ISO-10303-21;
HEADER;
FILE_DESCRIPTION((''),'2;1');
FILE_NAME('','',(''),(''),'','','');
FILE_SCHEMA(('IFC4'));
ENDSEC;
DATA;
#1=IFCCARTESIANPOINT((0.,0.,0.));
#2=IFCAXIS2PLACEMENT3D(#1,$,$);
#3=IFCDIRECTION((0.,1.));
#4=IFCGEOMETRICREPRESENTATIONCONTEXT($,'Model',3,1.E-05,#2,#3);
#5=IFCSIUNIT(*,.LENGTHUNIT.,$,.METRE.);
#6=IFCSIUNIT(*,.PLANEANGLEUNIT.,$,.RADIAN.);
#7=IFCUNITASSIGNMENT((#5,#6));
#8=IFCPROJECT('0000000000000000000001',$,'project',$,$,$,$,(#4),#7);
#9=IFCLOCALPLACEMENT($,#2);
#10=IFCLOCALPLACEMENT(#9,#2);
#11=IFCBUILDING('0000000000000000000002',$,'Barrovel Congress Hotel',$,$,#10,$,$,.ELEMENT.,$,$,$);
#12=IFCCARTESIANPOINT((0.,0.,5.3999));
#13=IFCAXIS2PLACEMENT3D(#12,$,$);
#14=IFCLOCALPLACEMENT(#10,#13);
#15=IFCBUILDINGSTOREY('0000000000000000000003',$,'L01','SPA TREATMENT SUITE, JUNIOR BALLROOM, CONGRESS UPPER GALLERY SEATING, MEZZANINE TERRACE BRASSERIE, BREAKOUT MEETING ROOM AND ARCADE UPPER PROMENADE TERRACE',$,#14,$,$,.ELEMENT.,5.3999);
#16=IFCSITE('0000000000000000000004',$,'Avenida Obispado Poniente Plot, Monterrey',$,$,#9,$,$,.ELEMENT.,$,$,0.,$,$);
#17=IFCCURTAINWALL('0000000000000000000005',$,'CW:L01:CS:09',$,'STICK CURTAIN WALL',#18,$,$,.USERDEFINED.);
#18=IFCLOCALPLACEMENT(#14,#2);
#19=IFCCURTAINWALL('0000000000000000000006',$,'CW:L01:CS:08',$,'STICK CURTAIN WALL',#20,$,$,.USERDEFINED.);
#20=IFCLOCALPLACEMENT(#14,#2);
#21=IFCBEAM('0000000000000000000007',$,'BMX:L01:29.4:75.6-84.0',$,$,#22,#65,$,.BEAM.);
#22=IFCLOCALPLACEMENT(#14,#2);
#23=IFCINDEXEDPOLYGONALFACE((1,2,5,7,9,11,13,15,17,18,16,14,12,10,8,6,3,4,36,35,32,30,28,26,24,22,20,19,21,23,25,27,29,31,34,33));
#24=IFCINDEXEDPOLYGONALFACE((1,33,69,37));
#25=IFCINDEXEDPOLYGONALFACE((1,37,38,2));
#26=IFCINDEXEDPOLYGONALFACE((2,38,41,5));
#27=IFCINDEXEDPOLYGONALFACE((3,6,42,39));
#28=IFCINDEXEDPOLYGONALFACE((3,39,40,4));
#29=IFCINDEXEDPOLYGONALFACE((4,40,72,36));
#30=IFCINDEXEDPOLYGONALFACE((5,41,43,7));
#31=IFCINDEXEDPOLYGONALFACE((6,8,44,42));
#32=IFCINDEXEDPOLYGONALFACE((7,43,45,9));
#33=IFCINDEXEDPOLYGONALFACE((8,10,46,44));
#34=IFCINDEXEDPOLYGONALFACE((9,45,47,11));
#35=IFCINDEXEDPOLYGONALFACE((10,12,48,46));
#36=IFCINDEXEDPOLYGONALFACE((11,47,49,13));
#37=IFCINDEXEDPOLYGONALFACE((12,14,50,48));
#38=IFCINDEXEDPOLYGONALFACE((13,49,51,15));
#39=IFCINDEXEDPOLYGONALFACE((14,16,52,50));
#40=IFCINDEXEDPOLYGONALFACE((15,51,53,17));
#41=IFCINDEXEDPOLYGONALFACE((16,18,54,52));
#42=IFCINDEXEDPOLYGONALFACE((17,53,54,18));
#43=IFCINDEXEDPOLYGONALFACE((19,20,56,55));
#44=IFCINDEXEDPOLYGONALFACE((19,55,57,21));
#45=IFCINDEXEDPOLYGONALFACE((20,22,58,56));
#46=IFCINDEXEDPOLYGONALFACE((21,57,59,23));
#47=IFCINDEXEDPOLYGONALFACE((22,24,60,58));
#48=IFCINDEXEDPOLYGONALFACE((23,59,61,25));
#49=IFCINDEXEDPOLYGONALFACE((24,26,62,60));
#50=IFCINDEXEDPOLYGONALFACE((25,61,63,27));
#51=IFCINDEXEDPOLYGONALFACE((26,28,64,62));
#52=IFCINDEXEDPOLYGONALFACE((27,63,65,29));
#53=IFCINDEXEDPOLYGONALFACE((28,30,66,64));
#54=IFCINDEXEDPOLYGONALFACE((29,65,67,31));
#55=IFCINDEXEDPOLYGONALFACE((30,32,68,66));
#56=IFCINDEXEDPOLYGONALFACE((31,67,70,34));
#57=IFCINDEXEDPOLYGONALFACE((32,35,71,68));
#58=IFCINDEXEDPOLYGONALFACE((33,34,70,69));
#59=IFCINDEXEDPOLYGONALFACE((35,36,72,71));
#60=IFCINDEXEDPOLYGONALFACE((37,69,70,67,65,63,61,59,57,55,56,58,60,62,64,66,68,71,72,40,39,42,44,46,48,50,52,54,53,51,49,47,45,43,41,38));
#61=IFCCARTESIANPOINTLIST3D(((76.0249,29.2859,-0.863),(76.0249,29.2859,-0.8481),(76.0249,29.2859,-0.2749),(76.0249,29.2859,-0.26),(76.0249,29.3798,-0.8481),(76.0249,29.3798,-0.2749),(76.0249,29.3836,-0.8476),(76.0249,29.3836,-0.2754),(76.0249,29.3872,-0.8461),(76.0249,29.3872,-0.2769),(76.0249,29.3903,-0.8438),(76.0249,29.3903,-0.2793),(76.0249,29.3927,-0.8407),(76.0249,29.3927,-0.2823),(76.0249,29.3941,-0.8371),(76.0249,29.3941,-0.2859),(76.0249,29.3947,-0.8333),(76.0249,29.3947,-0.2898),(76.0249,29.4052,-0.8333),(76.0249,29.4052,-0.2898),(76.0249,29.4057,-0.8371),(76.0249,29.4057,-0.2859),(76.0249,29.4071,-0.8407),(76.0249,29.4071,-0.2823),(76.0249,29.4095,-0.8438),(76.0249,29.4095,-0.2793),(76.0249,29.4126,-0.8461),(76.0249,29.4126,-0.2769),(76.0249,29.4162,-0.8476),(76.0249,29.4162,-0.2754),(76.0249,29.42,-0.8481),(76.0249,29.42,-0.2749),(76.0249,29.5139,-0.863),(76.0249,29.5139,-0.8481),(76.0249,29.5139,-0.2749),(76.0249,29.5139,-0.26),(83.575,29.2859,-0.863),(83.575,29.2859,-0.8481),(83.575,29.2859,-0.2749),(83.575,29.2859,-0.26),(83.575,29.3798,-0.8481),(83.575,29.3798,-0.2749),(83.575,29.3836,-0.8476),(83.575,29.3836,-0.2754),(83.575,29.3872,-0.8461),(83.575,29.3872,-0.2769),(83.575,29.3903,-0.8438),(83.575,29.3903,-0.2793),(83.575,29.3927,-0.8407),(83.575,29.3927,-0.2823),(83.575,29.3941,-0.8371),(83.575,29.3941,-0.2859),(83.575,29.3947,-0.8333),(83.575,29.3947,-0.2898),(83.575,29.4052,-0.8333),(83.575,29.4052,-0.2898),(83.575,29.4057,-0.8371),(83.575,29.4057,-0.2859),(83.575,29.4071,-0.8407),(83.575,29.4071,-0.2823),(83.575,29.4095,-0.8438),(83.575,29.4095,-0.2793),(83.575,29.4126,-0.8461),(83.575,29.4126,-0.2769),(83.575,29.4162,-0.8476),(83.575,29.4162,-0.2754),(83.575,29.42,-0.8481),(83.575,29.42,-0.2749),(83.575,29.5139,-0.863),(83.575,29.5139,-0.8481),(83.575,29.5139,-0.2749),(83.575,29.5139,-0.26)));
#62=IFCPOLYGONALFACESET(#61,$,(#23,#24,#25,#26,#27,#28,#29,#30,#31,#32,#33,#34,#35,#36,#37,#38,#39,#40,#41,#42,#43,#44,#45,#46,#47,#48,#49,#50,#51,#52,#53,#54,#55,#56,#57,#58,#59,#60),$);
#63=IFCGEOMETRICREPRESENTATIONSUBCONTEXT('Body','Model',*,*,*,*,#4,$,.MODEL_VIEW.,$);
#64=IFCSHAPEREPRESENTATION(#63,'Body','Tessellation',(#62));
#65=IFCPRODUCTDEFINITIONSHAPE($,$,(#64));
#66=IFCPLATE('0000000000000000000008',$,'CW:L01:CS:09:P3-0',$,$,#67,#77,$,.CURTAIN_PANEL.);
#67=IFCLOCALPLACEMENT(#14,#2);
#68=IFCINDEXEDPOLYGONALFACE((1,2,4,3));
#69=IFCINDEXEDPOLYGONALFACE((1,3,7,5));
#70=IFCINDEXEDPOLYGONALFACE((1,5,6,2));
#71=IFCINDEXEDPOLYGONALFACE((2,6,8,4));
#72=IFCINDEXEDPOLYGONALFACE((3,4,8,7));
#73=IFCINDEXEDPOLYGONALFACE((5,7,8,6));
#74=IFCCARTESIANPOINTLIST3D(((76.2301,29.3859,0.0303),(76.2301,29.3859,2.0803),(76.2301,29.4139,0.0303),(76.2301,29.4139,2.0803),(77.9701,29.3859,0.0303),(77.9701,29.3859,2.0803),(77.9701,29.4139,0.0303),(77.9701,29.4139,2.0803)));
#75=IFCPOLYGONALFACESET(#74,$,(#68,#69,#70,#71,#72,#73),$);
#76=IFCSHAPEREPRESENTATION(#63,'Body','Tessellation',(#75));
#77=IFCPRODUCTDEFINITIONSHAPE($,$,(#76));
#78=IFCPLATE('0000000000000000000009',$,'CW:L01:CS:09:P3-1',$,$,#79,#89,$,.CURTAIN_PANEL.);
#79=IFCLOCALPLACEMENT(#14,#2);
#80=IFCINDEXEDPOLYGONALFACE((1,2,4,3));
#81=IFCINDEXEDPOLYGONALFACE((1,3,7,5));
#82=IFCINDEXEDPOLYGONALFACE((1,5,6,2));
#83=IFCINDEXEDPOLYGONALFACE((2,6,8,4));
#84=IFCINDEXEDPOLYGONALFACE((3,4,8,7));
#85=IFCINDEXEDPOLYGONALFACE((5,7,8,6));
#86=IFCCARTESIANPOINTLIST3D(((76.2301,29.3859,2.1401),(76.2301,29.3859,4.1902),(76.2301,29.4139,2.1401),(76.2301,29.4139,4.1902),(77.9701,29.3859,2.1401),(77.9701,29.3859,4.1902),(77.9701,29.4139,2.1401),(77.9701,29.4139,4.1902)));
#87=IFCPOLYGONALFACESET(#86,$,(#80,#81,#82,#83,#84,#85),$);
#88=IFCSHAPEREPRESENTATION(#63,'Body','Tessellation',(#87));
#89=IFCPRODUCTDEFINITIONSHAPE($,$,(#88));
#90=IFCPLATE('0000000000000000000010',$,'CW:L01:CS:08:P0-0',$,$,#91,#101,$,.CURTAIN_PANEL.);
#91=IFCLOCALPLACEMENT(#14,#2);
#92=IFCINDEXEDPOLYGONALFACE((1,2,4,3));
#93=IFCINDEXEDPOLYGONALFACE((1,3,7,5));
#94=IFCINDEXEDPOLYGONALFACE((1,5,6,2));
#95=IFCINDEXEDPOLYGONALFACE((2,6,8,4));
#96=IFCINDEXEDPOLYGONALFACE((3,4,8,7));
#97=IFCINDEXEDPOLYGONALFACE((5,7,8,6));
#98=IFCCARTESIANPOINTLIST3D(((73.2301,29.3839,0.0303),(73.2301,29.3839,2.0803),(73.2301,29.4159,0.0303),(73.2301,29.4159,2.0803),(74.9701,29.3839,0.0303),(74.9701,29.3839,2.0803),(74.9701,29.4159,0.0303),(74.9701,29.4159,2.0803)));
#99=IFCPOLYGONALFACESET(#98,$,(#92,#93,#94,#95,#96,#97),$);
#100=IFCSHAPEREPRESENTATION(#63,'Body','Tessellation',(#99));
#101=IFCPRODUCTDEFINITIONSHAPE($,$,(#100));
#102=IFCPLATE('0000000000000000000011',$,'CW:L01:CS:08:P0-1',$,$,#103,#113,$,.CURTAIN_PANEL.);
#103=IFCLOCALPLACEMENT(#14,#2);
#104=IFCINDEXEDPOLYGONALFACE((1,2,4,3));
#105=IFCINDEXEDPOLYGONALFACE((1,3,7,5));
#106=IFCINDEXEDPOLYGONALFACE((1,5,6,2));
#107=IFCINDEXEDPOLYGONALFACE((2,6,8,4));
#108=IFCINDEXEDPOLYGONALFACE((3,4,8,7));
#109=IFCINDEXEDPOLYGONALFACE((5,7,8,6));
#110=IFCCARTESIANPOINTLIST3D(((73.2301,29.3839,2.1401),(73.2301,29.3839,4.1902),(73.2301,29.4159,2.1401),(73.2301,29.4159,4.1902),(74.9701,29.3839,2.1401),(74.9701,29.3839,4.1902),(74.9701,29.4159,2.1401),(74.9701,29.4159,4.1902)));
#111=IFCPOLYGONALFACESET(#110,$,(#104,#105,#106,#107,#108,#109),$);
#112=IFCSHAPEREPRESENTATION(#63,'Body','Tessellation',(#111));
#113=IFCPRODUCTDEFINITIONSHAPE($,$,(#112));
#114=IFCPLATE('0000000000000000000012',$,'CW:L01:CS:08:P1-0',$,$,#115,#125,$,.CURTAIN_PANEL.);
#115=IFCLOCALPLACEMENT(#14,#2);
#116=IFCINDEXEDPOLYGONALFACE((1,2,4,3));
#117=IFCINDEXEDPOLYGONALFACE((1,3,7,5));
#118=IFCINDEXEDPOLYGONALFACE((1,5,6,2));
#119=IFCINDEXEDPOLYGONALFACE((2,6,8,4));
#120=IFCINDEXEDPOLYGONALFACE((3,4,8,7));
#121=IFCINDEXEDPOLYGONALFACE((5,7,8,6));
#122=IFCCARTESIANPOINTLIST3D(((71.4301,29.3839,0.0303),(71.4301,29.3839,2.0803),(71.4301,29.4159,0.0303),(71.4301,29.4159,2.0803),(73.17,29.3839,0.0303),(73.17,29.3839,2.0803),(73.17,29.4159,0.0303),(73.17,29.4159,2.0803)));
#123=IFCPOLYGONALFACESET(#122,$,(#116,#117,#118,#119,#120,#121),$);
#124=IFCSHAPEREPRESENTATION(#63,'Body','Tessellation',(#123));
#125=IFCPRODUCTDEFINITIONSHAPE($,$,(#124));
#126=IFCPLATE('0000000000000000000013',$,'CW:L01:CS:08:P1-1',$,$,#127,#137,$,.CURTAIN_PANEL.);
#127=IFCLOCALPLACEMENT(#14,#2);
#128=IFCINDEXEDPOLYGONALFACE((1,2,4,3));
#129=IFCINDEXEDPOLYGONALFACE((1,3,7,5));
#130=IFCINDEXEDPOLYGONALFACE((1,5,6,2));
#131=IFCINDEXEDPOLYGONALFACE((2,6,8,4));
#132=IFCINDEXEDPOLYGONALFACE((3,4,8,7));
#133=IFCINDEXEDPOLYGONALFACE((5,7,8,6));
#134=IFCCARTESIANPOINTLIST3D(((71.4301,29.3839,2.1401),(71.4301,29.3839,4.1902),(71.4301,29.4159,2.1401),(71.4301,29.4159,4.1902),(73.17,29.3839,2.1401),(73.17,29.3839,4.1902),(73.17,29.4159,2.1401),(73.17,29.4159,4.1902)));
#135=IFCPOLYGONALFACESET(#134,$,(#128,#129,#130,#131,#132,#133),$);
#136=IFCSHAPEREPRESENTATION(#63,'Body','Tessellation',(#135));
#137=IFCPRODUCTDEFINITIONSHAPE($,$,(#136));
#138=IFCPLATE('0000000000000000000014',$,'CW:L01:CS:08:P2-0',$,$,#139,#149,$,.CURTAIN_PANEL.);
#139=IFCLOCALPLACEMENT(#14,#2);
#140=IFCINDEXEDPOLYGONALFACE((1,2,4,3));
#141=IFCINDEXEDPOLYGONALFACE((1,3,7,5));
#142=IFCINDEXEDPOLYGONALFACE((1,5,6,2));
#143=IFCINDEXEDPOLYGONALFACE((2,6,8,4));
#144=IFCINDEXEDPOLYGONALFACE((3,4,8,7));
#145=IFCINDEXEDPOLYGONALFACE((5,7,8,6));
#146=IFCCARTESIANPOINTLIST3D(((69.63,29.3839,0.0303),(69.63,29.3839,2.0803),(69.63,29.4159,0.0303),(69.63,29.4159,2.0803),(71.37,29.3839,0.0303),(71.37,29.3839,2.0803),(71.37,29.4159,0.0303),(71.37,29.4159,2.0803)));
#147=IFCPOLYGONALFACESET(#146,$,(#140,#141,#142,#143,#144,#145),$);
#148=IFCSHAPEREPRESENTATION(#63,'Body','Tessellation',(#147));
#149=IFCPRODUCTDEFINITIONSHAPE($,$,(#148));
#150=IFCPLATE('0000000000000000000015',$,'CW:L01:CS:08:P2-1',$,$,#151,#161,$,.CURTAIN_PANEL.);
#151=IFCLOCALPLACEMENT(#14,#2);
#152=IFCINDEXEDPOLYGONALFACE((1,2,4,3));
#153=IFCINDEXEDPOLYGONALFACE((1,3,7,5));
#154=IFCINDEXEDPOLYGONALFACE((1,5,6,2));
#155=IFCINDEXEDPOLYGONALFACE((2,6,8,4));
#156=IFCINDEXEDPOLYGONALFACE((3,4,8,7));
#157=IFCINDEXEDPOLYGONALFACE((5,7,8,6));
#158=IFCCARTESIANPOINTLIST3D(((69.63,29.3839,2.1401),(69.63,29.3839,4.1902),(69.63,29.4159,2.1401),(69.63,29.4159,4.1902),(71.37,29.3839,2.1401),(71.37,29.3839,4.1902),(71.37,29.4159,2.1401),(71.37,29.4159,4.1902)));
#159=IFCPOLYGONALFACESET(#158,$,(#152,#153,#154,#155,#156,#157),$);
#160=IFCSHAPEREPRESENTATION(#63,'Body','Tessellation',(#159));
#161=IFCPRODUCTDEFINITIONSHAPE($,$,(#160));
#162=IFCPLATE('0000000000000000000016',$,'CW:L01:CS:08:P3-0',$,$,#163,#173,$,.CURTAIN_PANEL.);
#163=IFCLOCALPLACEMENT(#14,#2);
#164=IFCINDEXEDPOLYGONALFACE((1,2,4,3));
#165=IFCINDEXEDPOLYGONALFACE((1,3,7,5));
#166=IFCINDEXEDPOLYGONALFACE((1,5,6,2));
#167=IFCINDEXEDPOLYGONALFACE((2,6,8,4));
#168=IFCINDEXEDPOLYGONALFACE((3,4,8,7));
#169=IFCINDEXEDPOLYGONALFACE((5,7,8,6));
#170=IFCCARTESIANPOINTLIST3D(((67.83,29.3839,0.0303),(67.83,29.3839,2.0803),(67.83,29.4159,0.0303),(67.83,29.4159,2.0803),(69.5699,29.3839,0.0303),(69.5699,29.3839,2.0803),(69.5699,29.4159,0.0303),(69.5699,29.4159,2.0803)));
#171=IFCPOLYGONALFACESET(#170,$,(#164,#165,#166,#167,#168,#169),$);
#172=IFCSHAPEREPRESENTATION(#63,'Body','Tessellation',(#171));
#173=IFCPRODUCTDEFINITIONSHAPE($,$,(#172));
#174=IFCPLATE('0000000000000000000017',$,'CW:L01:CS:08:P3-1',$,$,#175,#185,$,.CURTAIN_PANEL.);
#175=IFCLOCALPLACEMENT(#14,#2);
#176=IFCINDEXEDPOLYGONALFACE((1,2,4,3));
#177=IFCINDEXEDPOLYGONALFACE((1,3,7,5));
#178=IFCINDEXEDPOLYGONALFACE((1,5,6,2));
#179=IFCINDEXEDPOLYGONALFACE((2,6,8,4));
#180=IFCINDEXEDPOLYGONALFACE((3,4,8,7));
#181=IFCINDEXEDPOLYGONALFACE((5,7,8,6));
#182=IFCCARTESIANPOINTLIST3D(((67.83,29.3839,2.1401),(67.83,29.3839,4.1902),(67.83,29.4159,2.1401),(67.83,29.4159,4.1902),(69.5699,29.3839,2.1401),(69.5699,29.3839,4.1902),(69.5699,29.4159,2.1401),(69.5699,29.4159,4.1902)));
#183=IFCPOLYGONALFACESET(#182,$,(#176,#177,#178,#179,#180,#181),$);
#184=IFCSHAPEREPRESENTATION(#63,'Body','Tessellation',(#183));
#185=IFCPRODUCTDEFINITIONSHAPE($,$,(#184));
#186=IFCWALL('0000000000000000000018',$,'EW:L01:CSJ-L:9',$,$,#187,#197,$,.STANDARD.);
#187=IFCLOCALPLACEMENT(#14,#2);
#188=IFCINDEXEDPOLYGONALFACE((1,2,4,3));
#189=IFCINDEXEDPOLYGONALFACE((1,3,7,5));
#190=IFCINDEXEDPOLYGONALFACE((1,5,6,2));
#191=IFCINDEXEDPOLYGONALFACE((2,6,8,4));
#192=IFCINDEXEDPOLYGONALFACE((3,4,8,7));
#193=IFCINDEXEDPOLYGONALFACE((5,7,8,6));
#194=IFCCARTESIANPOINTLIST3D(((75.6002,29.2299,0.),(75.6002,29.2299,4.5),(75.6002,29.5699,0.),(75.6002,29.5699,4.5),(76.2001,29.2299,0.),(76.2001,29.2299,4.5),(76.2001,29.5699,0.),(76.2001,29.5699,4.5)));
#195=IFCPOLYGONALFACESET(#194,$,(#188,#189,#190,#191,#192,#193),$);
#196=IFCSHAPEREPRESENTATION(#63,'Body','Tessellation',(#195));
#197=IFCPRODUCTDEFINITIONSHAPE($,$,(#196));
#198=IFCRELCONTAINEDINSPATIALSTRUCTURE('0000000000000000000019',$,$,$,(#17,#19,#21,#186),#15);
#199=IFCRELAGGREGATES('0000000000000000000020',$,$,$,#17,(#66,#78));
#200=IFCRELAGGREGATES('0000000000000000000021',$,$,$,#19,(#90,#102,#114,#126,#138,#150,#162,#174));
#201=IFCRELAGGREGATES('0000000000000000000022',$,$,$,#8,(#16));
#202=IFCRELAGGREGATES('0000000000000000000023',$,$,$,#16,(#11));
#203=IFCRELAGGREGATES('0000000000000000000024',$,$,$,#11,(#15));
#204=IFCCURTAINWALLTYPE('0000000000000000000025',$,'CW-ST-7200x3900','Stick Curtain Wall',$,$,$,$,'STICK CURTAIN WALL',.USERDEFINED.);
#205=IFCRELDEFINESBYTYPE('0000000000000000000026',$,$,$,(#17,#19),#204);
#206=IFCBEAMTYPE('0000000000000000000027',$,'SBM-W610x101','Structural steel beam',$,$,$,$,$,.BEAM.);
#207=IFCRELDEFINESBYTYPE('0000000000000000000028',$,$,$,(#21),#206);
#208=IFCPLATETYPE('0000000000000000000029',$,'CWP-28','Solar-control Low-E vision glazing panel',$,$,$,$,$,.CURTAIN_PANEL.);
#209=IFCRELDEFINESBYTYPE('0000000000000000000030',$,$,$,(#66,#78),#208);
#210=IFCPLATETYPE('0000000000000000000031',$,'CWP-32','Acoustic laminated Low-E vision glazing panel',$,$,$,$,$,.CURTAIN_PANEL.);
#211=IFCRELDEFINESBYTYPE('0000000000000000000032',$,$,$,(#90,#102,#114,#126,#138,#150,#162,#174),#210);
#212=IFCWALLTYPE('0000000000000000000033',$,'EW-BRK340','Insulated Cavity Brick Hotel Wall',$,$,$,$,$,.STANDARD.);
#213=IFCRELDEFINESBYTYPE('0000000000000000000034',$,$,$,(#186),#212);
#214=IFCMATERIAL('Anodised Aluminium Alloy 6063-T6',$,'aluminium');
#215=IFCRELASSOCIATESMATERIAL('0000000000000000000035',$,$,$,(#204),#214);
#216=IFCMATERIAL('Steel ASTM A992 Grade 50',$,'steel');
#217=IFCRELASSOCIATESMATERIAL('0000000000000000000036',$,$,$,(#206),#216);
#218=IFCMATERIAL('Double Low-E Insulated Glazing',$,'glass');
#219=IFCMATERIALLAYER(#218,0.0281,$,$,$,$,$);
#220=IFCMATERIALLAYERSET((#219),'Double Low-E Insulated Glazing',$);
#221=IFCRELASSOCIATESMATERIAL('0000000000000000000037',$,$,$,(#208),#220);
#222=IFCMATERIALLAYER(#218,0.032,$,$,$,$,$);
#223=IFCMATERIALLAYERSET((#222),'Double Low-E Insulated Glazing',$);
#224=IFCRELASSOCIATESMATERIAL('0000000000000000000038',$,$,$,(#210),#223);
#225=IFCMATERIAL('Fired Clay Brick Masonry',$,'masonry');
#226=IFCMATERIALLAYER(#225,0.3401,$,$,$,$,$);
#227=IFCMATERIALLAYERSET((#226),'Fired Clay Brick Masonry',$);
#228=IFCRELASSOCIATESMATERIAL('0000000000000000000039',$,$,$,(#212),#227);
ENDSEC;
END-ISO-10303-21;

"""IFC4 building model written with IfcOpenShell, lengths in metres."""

from ifc_helpers import new_model, si_unit, direction, frame, frame_2d, origin, origin_2d, place, context, subcontext, project, spatial, rectangle, i_section, extrude, material, layer, layer_set, material_profile, profile_set, type_object, element, aggregate, save


model = new_model("IFC4")

# Units and contexts
model_context = context("Model", 3, precision=1e-05, world=origin(), true_north=direction((0.0, 1.0)))
body_context = subcontext(model_context, "Body", "Model", "MODEL_VIEW")
ifc_project = project(units=[si_unit("LENGTHUNIT", "METRE"), si_unit("PLANEANGLEUNIT", "RADIAN")], contexts=[model_context])

# Site, building, storey
site_placement = place(None, origin())
site = spatial("IfcSite", under=ifc_project, at=site_placement, Name="Avenida Obispado Poniente Plot, Monterrey", CompositionType="ELEMENT", RefElevation=0.0)
building_placement = place(site_placement, origin())
building = spatial("IfcBuilding", under=site, at=building_placement, Name="Barrovel Congress Hotel", CompositionType="ELEMENT")
storey_placement = place(building_placement, frame((0.0, 0.0, 5.3999)))
storey = spatial("IfcBuildingStorey", under=building, at=storey_placement, Name="L01", Description="SPA TREATMENT SUITE, JUNIOR BALLROOM, CONGRESS UPPER GALLERY SEATING, MEZZANINE TERRACE BRASSERIE, BREAKOUT MEETING ROOM AND ARCADE UPPER PROMENADE TERRACE", CompositionType="ELEMENT", Elevation=5.3999)

# Curtain wall
ifc_material_1 = material(Name="Anodised Aluminium Alloy 6063-T6", Category="aluminium")
curtain_wall_type = type_object("IfcCurtainWallType", Name="CW-ST-7200x3900", Description="Stick Curtain Wall", ElementType="STICK CURTAIN WALL", PredefinedType="USERDEFINED", material=ifc_material_1)
curtain_wall_1_placement = place(storey_placement, origin())
curtain_wall_1 = element("IfcCurtainWall", 1, at=curtain_wall_1_placement, inside=storey, type_object=curtain_wall_type, Name="CW:L01:CS:09", ObjectType="STICK CURTAIN WALL", PredefinedType="USERDEFINED")

# Curtain wall
curtain_wall_2_placement = place(storey_placement, origin())
curtain_wall_2 = element("IfcCurtainWall", 2, at=curtain_wall_2_placement, inside=storey, type_object=curtain_wall_type, Name="CW:L01:CS:08", ObjectType="STICK CURTAIN WALL", PredefinedType="USERDEFINED")

# Beam
ifc_material_2 = material(Name="Steel ASTM A992 Grade 50", Category="steel")
ifc_material_profile_1 = material_profile(ifc_material_2, i_section(OverallWidth=0.228, OverallDepth=0.603, WebThickness=0.0105, FlangeThickness=0.0149, FilletRadius=0.0149, at=origin_2d()), Name="W610x101")
ifc_profile_set_1 = profile_set([ifc_material_profile_1], Name="Steel ASTM A992 Grade 50")
beam_type_1 = type_object("IfcBeamType", Name="SBM-W610x101", Description="Structural steel beam", PredefinedType="BEAM", material=ifc_profile_set_1)
beam_1_placement = place(storey_placement, frame((76.0249, 29.3999, -0.5615), z_axis=(1.0, 0.0, 0.0), x_axis=(0.0, 1.0, 0.0)))
element("IfcBeam", 3, at=beam_1_placement, inside=storey, type_object=beam_type_1, Name="BMX:L01:29.4:75.6-84.0", PredefinedType="BEAM", context=body_context, shape_type="SweptSolid", body=[
    extrude(i_section(OverallWidth=0.228, OverallDepth=0.603, WebThickness=0.0105, FlangeThickness=0.0149, FilletRadius=0.0149, at=origin_2d()), origin(), (0.0, 0.0, 1.0), 7.55),
])

# Plates
ifc_material_3 = material(Name="Double Low-E Insulated Glazing", Category="glass")
ifc_layer_1 = layer(ifc_material_3, 0.0281)
ifc_layer_set_1 = layer_set([ifc_layer_1], Name="Double Low-E Insulated Glazing")
plate_type_1 = type_object("IfcPlateType", Name="CWP-28", Description="Solar-control Low-E vision glazing panel", PredefinedType="CURTAIN_PANEL", material=ifc_layer_set_1)
plate_1_placement = place(storey_placement, frame((77.1001, 29.3999, 0.0303), z_axis=(0.0, 0.0, 1.0), x_axis=(-1.0, 0.0, 0.0)))
plate_1 = element("IfcPlate", 4, at=plate_1_placement, type_object=plate_type_1, Name="CW:L01:CS:09:P3-0", PredefinedType="CURTAIN_PANEL", context=body_context, shape_type="SweptSolid", body=[
    extrude(rectangle(XDim=1.74, YDim=0.0281, at=origin_2d()), origin(), (0.0, 0.0, 1.0), 2.05),
])
plate_2_placement = place(storey_placement, frame((77.1001, 29.3999, 2.1401), z_axis=(0.0, 0.0, 1.0), x_axis=(-1.0, 0.0, 0.0)))
plate_2 = element("IfcPlate", 5, at=plate_2_placement, type_object=plate_type_1, Name="CW:L01:CS:09:P3-1", PredefinedType="CURTAIN_PANEL", context=body_context, shape_type="SweptSolid", body=[
    extrude(rectangle(XDim=1.74, YDim=0.0281, at=origin_2d()), origin(), (0.0, 0.0, 1.0), 2.05),
])
aggregate(curtain_wall_1, [plate_1, plate_2])
ifc_layer_2 = layer(ifc_material_3, 0.032)
ifc_layer_set_2 = layer_set([ifc_layer_2], Name="Double Low-E Insulated Glazing")
plate_type_2 = type_object("IfcPlateType", Name="CWP-32", Description="Acoustic laminated Low-E vision glazing panel", PredefinedType="CURTAIN_PANEL", material=ifc_layer_set_2)
plate_3_placement = place(storey_placement, frame((74.1001, 29.3999, 0.0303), z_axis=(0.0, 0.0, 1.0), x_axis=(-1.0, 0.0, 0.0)))
plate_3 = element("IfcPlate", 6, at=plate_3_placement, type_object=plate_type_2, Name="CW:L01:CS:08:P0-0", PredefinedType="CURTAIN_PANEL", context=body_context, shape_type="SweptSolid", body=[
    extrude(rectangle(XDim=1.74, YDim=0.032, at=origin_2d()), origin(), (0.0, 0.0, 1.0), 2.05),
])
plate_4_placement = place(storey_placement, frame((74.1001, 29.3999, 2.1401), z_axis=(0.0, 0.0, 1.0), x_axis=(-1.0, 0.0, 0.0)))
plate_4 = element("IfcPlate", 7, at=plate_4_placement, type_object=plate_type_2, Name="CW:L01:CS:08:P0-1", PredefinedType="CURTAIN_PANEL", context=body_context, shape_type="SweptSolid", body=[
    extrude(rectangle(XDim=1.74, YDim=0.032, at=origin_2d()), origin(), (0.0, 0.0, 1.0), 2.05),
])
plate_5_placement = place(storey_placement, frame((72.3, 29.3999, 0.0303), z_axis=(0.0, 0.0, 1.0), x_axis=(-1.0, 0.0, 0.0)))
plate_5 = element("IfcPlate", 8, at=plate_5_placement, type_object=plate_type_2, Name="CW:L01:CS:08:P1-0", PredefinedType="CURTAIN_PANEL", context=body_context, shape_type="SweptSolid", body=[
    extrude(rectangle(XDim=1.74, YDim=0.032, at=origin_2d()), origin(), (0.0, 0.0, 1.0), 2.05),
])
plate_6_placement = place(storey_placement, frame((72.3, 29.3999, 2.1401), z_axis=(0.0, 0.0, 1.0), x_axis=(-1.0, 0.0, 0.0)))
plate_6 = element("IfcPlate", 9, at=plate_6_placement, type_object=plate_type_2, Name="CW:L01:CS:08:P1-1", PredefinedType="CURTAIN_PANEL", context=body_context, shape_type="SweptSolid", body=[
    extrude(rectangle(XDim=1.74, YDim=0.032, at=origin_2d()), origin(), (0.0, 0.0, 1.0), 2.05),
])
plate_7_placement = place(storey_placement, frame((70.5, 29.3999, 0.0303), z_axis=(0.0, 0.0, 1.0), x_axis=(-1.0, 0.0, 0.0)))
plate_7 = element("IfcPlate", 10, at=plate_7_placement, type_object=plate_type_2, Name="CW:L01:CS:08:P2-0", PredefinedType="CURTAIN_PANEL", context=body_context, shape_type="SweptSolid", body=[
    extrude(rectangle(XDim=1.74, YDim=0.032, at=origin_2d()), origin(), (0.0, 0.0, 1.0), 2.05),
])
plate_8_placement = place(storey_placement, frame((70.5, 29.3999, 2.1401), z_axis=(0.0, 0.0, 1.0), x_axis=(-1.0, 0.0, 0.0)))
plate_8 = element("IfcPlate", 11, at=plate_8_placement, type_object=plate_type_2, Name="CW:L01:CS:08:P2-1", PredefinedType="CURTAIN_PANEL", context=body_context, shape_type="SweptSolid", body=[
    extrude(rectangle(XDim=1.74, YDim=0.032, at=origin_2d()), origin(), (0.0, 0.0, 1.0), 2.05),
])
plate_9_placement = place(storey_placement, frame((68.7, 29.3999, 0.0303), z_axis=(0.0, 0.0, 1.0), x_axis=(-1.0, 0.0, 0.0)))
plate_9 = element("IfcPlate", 12, at=plate_9_placement, type_object=plate_type_2, Name="CW:L01:CS:08:P3-0", PredefinedType="CURTAIN_PANEL", context=body_context, shape_type="SweptSolid", body=[
    extrude(rectangle(XDim=1.74, YDim=0.032, at=origin_2d()), origin(), (0.0, 0.0, 1.0), 2.05),
])
plate_10_placement = place(storey_placement, frame((68.7, 29.3999, 2.1401), z_axis=(0.0, 0.0, 1.0), x_axis=(-1.0, 0.0, 0.0)))
plate_10 = element("IfcPlate", 13, at=plate_10_placement, type_object=plate_type_2, Name="CW:L01:CS:08:P3-1", PredefinedType="CURTAIN_PANEL", context=body_context, shape_type="SweptSolid", body=[
    extrude(rectangle(XDim=1.74, YDim=0.032, at=origin_2d()), origin(), (0.0, 0.0, 1.0), 2.05),
])
aggregate(curtain_wall_2, [plate_3, plate_4, plate_5, plate_6, plate_7, plate_8, plate_9, plate_10])

# Wall
ifc_material_4 = material(Name="Fired Clay Brick Masonry", Category="masonry")
ifc_layer_3 = layer(ifc_material_4, 0.3401)
ifc_layer_set_3 = layer_set([ifc_layer_3], Name="Fired Clay Brick Masonry")
wall_type = type_object("IfcWallType", Name="EW-BRK340", Description="Insulated Cavity Brick Hotel Wall", PredefinedType="STANDARD", material=ifc_layer_set_3)
wall_1_placement = place(storey_placement, frame((76.2, 29.3999, 0.0), z_axis=(0.0, 0.0, 1.0), x_axis=(-1.0, 0.0, 0.0)))
element("IfcWall", 14, at=wall_1_placement, inside=storey, type_object=wall_type, Name="EW:L01:CSJ-L:9", PredefinedType="STANDARD", context=body_context, shape_type="SweptSolid", body=[
    extrude(rectangle(XDim=0.5999, YDim=0.3401, at=frame_2d((0.2998, 0.0))), origin(), (0.0, 0.0, 1.0), 4.5),
])

save(model, "model.ifc")
